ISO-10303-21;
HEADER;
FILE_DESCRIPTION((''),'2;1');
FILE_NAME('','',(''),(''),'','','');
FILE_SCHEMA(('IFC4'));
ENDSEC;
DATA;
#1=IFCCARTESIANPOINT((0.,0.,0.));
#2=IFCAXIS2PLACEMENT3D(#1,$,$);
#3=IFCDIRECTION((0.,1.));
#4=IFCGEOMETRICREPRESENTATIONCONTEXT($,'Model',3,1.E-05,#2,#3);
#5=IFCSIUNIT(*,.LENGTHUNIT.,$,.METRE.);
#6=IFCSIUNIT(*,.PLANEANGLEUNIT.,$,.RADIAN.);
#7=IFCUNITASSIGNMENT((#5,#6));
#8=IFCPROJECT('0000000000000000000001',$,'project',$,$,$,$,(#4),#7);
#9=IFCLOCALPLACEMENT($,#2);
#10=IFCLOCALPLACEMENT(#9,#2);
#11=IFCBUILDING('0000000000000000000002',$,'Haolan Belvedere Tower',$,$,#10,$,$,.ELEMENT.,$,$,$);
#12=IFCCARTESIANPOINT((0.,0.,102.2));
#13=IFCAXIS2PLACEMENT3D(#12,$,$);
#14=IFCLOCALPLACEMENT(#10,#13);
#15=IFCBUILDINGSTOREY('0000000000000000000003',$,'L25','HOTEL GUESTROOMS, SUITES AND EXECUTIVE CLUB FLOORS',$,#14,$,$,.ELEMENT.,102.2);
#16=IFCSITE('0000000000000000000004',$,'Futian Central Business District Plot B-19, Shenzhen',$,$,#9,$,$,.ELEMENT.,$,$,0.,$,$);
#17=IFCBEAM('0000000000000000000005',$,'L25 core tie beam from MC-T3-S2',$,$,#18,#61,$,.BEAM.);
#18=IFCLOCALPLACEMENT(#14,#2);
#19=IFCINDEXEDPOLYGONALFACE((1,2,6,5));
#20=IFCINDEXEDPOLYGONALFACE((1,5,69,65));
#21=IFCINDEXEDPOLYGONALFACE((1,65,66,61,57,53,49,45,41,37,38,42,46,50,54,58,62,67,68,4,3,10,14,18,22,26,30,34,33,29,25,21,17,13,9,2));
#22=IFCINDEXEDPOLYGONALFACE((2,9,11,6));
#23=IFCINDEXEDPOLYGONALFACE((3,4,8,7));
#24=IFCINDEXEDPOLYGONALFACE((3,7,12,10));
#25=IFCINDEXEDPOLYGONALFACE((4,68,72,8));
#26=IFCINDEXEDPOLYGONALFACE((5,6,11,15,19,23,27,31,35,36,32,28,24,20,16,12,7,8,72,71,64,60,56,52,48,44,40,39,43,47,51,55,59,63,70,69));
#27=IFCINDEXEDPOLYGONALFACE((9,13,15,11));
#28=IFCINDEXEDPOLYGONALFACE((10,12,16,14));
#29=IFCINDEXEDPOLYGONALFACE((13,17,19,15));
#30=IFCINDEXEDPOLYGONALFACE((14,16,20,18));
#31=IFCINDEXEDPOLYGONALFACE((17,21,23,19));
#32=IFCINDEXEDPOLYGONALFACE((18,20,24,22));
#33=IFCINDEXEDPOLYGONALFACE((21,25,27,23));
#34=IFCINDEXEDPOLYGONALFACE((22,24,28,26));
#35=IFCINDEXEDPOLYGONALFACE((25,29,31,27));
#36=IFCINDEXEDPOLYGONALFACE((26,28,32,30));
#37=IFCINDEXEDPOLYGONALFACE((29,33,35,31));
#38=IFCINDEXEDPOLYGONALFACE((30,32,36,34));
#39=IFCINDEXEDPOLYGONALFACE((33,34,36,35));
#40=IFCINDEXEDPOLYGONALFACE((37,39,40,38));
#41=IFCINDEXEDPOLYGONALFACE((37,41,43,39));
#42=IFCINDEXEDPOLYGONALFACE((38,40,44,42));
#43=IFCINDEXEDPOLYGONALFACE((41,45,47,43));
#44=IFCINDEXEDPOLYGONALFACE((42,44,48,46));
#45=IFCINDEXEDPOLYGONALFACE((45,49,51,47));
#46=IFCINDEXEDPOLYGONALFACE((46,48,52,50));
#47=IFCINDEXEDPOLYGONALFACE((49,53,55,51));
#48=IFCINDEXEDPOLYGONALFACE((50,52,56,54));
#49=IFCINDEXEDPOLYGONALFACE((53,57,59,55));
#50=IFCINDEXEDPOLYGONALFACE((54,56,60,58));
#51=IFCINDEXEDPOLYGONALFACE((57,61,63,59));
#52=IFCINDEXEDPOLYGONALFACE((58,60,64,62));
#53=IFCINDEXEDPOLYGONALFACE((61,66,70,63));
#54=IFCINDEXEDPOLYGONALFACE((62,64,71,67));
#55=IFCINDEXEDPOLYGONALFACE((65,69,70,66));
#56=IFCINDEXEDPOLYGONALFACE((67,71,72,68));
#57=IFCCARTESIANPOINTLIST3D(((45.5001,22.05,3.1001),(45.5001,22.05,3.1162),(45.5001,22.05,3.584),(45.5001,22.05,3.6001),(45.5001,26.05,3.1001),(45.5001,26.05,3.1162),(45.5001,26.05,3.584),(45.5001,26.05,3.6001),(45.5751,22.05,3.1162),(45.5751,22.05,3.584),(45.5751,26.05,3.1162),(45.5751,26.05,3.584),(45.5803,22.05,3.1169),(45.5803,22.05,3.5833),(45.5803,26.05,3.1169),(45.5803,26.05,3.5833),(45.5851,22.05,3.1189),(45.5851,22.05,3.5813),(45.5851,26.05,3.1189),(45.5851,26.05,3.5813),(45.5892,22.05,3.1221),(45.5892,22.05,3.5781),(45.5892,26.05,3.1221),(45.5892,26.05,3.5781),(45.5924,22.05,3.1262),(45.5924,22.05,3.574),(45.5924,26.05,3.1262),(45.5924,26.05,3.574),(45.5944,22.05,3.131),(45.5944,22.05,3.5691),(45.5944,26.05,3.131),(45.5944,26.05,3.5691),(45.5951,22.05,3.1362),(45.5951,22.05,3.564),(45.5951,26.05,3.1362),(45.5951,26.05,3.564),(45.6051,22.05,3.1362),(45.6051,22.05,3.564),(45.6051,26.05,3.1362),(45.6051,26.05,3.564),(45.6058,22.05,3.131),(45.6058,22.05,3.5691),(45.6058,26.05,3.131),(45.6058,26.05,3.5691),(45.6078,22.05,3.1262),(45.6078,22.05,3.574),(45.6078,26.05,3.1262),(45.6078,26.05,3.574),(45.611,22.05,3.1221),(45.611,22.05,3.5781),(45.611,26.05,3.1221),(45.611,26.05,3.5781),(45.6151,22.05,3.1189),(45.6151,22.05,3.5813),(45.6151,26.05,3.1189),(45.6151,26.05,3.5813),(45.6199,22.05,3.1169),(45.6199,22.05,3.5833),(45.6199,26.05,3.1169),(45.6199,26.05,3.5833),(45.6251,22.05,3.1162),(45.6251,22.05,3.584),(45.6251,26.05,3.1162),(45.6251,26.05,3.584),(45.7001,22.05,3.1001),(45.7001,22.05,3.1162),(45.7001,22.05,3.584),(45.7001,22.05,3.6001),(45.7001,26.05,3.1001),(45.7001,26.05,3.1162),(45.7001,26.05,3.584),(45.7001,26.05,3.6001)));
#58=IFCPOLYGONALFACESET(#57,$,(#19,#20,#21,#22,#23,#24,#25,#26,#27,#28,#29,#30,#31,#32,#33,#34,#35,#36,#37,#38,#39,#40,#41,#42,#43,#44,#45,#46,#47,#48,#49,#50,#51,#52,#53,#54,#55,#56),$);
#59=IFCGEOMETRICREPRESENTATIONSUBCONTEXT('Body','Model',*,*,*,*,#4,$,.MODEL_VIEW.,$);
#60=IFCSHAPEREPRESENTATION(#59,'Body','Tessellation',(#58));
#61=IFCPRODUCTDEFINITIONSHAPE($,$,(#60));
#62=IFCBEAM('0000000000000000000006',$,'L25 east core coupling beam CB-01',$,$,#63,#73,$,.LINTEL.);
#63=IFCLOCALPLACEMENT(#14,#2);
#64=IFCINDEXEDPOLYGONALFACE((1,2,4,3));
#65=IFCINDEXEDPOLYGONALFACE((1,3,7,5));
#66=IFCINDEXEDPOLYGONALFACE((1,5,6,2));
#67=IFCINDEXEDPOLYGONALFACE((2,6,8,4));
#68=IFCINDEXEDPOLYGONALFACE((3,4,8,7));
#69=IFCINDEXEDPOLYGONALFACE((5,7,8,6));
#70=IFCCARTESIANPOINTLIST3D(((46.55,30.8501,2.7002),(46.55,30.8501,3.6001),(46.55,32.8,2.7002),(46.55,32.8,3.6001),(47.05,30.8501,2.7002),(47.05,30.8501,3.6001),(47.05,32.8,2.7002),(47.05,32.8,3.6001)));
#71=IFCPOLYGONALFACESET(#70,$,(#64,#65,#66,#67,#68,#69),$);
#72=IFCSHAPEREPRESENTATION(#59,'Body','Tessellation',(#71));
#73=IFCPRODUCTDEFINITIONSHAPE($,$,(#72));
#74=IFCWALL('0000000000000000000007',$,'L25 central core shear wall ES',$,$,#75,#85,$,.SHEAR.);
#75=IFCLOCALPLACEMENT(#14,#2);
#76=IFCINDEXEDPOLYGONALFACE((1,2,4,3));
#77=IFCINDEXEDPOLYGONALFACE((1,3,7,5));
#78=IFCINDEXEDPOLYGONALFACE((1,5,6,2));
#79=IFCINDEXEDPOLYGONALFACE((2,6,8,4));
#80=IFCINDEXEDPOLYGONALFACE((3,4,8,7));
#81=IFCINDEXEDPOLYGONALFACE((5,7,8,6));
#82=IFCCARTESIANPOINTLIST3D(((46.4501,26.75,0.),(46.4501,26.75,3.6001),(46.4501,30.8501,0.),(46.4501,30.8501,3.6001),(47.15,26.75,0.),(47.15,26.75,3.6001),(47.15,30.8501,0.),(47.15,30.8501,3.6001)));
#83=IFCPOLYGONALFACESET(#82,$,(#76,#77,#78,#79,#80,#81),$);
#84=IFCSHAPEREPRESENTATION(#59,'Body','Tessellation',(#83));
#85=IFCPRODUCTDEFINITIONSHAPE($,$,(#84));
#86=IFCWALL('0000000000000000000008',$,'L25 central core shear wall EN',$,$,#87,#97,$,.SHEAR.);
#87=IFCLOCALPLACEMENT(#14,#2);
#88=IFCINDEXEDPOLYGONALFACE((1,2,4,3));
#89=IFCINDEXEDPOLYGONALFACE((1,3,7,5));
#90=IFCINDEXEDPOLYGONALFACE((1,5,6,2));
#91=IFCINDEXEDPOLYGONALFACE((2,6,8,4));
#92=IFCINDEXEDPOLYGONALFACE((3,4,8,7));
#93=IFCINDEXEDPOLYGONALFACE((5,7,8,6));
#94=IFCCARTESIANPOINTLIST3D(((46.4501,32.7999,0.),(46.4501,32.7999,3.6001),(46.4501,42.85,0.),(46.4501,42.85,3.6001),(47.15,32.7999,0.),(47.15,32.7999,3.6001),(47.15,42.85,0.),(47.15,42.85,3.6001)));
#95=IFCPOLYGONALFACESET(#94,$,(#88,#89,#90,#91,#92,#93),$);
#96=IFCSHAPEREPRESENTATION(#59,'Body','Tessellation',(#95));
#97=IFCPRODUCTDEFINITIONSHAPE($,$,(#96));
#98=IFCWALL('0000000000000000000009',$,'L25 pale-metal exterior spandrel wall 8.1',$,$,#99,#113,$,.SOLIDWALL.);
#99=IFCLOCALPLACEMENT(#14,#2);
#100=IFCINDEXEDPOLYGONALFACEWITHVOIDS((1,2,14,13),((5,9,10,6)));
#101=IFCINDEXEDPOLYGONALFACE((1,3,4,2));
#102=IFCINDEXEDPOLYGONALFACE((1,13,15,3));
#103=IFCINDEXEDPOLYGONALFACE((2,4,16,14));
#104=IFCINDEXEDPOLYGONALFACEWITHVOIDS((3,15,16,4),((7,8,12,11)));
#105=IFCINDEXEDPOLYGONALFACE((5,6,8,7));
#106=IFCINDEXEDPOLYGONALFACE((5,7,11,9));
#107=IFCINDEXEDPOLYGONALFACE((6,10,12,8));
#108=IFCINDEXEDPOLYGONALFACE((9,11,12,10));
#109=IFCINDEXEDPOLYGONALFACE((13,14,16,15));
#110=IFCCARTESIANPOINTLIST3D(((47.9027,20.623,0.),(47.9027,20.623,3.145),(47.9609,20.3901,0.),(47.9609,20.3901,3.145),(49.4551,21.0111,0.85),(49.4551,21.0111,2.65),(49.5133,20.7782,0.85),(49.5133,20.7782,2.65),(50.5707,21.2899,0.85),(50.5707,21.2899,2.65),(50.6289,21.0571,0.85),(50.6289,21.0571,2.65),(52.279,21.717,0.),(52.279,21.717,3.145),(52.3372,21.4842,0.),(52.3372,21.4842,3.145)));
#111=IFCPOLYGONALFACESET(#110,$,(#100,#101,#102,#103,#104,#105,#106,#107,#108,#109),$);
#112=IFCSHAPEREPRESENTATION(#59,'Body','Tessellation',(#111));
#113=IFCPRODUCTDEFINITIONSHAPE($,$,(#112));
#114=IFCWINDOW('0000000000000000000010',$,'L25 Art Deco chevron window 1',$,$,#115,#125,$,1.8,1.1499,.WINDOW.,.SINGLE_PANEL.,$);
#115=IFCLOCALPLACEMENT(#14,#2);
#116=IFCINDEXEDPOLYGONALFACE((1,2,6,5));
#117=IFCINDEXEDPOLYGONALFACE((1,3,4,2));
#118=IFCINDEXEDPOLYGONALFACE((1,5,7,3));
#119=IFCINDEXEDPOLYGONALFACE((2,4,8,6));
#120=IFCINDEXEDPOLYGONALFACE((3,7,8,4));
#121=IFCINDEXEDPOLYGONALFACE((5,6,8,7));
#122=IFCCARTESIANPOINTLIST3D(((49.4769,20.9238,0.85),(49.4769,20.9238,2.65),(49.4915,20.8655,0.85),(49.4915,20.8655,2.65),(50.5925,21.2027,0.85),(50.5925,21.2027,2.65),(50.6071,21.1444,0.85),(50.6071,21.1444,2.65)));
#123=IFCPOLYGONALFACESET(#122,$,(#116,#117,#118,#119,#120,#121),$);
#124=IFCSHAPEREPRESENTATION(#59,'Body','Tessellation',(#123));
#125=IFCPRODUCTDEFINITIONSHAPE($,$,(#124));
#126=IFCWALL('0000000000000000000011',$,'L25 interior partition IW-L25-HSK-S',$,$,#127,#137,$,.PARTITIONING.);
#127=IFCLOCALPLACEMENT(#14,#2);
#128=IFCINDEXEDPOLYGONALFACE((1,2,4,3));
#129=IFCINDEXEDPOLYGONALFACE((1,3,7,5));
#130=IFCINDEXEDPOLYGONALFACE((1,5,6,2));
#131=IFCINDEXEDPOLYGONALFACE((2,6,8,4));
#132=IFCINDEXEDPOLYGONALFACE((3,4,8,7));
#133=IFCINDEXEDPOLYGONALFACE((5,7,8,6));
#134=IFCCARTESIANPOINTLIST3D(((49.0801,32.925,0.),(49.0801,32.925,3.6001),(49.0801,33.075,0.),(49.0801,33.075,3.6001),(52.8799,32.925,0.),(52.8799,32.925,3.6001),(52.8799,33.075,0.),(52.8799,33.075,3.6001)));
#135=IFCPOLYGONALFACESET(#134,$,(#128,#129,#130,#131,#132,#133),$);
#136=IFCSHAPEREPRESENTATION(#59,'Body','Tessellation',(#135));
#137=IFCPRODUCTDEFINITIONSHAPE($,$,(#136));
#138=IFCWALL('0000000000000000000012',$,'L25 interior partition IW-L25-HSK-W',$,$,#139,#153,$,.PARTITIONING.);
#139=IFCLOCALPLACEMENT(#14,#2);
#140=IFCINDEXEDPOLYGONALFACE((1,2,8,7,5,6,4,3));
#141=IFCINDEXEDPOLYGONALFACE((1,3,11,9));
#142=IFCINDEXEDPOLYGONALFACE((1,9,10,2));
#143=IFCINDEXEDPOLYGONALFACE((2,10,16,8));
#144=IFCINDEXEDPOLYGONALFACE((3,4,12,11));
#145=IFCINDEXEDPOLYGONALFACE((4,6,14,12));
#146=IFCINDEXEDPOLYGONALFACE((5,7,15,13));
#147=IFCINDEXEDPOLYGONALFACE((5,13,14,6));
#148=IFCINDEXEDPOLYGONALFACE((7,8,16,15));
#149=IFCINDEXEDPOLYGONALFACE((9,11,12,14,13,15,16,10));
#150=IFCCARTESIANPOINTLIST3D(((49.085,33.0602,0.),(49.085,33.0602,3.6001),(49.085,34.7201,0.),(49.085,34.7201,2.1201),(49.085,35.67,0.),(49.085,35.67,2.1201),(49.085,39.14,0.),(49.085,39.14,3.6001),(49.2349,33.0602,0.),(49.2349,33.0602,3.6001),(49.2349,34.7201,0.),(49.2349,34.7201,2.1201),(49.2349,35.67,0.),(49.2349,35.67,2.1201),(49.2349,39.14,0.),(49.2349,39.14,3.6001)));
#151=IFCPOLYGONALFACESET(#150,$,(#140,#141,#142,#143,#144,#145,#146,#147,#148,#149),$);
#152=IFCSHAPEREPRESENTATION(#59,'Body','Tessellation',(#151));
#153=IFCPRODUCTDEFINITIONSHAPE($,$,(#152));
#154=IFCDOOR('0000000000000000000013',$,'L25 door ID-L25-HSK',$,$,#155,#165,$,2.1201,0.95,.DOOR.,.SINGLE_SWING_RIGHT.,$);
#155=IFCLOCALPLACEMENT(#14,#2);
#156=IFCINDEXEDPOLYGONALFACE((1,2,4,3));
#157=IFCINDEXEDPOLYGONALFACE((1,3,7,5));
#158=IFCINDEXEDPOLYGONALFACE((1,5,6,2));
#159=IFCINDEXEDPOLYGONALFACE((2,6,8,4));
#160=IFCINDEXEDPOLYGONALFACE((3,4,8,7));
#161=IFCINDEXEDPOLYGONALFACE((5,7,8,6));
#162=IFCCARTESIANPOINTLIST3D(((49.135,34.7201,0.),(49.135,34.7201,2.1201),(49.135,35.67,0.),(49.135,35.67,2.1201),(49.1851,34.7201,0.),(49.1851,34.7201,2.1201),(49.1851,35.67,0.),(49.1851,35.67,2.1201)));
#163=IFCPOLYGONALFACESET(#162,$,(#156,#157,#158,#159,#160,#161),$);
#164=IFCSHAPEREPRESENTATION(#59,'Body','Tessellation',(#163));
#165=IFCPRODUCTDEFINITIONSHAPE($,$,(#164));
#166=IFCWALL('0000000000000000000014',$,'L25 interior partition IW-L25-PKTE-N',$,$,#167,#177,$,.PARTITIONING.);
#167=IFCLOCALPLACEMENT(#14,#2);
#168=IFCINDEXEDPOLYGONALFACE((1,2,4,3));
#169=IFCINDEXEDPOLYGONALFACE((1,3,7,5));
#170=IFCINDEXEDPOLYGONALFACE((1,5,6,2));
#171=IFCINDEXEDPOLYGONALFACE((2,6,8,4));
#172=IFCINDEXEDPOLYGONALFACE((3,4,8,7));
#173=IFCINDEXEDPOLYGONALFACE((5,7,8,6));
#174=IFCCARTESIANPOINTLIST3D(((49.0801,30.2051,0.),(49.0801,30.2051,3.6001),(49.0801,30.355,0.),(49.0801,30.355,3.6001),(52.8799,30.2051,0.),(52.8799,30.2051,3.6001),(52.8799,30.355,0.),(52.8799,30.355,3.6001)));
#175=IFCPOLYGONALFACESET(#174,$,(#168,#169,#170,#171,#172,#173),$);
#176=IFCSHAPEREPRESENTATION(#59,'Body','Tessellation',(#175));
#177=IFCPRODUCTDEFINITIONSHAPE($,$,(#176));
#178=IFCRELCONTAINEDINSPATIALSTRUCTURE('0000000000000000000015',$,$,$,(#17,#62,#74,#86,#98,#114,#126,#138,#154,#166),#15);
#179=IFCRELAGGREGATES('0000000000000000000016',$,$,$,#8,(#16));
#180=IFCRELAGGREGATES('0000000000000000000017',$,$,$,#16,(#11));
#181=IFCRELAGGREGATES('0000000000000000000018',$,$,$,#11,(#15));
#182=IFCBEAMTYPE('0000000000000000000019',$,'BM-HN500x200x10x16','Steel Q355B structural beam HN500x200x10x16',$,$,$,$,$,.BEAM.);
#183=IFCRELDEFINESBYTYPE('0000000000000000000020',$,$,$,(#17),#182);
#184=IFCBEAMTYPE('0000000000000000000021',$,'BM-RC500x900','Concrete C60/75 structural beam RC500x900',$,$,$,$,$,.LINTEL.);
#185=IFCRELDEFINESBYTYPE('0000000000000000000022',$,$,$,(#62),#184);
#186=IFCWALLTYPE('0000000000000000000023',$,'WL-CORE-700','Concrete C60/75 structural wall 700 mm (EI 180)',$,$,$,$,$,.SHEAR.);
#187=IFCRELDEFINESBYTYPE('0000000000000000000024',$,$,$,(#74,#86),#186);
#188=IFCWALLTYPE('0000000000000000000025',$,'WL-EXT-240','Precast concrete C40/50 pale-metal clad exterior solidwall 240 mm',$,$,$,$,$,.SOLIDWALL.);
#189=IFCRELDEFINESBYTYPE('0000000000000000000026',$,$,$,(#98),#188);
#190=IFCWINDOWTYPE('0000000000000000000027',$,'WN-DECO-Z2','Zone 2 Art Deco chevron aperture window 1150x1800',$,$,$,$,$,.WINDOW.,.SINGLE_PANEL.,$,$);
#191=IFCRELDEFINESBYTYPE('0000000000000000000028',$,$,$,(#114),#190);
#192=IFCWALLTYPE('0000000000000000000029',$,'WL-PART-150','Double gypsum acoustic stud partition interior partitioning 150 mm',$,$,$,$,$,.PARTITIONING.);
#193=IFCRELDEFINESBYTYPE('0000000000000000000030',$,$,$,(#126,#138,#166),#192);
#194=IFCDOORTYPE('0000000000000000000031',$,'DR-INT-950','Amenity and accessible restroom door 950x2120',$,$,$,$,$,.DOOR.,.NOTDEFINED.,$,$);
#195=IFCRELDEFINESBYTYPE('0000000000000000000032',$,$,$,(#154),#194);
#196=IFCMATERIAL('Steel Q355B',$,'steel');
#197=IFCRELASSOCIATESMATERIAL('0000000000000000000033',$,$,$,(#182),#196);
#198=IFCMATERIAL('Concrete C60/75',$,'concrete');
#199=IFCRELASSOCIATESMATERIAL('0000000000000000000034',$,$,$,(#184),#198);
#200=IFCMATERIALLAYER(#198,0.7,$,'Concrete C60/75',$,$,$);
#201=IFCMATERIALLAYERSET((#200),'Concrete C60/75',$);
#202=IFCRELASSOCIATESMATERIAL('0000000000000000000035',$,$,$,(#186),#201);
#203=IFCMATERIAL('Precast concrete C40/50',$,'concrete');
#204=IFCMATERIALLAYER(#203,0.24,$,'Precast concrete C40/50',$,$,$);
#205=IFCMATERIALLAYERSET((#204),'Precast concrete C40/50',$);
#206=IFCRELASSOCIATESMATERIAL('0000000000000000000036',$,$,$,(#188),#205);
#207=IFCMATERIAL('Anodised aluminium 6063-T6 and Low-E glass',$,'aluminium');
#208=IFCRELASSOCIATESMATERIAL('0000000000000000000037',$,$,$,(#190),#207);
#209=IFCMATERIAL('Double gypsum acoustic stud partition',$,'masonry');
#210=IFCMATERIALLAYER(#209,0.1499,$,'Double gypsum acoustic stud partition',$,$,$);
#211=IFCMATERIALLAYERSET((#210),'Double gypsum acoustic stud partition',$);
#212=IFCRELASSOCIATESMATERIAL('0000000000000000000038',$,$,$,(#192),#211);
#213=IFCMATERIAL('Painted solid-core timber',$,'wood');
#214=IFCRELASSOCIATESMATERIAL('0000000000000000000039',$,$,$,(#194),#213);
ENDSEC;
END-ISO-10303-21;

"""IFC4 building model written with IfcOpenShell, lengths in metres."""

from ifc_helpers import new_model, si_unit, direction, frame, frame_2d, origin, origin_2d, place, context, subcontext, project, spatial, rectangle, i_section, extrude, material, layer, layer_set, material_profile, profile_set, type_object, element, fill, save


model = new_model("IFC4")

# Units and contexts
model_context = context("Model", 3, precision=1e-05, world=origin(), true_north=direction((0.0, 1.0)))
body_context = subcontext(model_context, "Body", "Model", "MODEL_VIEW")
ifc_project = project(units=[si_unit("LENGTHUNIT", "METRE"), si_unit("PLANEANGLEUNIT", "RADIAN")], contexts=[model_context])

# Site, building, storey
site_placement = place(None, origin())
site = spatial("IfcSite", under=ifc_project, at=site_placement, Name="Futian Central Business District Plot B-19, Shenzhen", CompositionType="ELEMENT", RefElevation=0.0)
building_placement = place(site_placement, origin())
building = spatial("IfcBuilding", under=site, at=building_placement, Name="Haolan Belvedere Tower", CompositionType="ELEMENT")
storey_placement = place(building_placement, frame((0.0, 0.0, 102.2)))
storey = spatial("IfcBuildingStorey", under=building, at=storey_placement, Name="L25", Description="HOTEL GUESTROOMS, SUITES AND EXECUTIVE CLUB FLOORS", CompositionType="ELEMENT", Elevation=102.2)

# Beams
ifc_material_1 = material(Name="Steel Q355B", Category="steel")
ifc_material_profile_1 = material_profile(ifc_material_1, i_section(OverallWidth=0.2, OverallDepth=0.5, WebThickness=0.01, FlangeThickness=0.0161, FilletRadius=0.02, at=origin_2d()), Name="Steel Q355B")
ifc_profile_set_1 = profile_set([ifc_material_profile_1], Name="Steel Q355B")
beam_type_1 = type_object("IfcBeamType", Name="BM-HN500x200x10x16", Description="Steel Q355B structural beam HN500x200x10x16", PredefinedType="BEAM", material=ifc_profile_set_1)
beam_1_placement = place(storey_placement, frame((45.6001, 22.05, 3.3501), z_axis=(0.0, 1.0, 0.0), x_axis=(-1.0, 0.0, 0.0)))
element("IfcBeam", 1, at=beam_1_placement, inside=storey, type_object=beam_type_1, Name="L25 core tie beam from MC-T3-S2", PredefinedType="BEAM", context=body_context, shape_type="SweptSolid", body=[
    extrude(i_section(OverallWidth=0.2, OverallDepth=0.5, WebThickness=0.01, FlangeThickness=0.0161, FilletRadius=0.02, at=origin_2d()), origin(), (0.0, 0.0, 1.0), 4.0),
])
ifc_material_2 = material(Name="Concrete C60/75", Category="concrete")
ifc_material_profile_2 = material_profile(ifc_material_2, rectangle(XDim=0.5, YDim=0.8999, at=origin_2d()), Name="Concrete C60/75")
ifc_profile_set_2 = profile_set([ifc_material_profile_2], Name="Concrete C60/75")
beam_type_2 = type_object("IfcBeamType", Name="BM-RC500x900", Description="Concrete C60/75 structural beam RC500x900", PredefinedType="LINTEL", material=ifc_profile_set_2)
beam_2_placement = place(storey_placement, frame((46.8, 30.8501, 3.1501), z_axis=(0.0, 1.0, 0.0), x_axis=(-1.0, 0.0, 0.0)))
element("IfcBeam", 2, at=beam_2_placement, inside=storey, type_object=beam_type_2, Name="L25 east core coupling beam CB-01", PredefinedType="LINTEL", context=body_context, shape_type="SweptSolid", body=[
    extrude(rectangle(XDim=0.5, YDim=0.8999, at=origin_2d()), origin(), (0.0, 0.0, 1.0), 1.95),
])

# Walls
ifc_layer_1 = layer(ifc_material_2, 0.7, Name="Concrete C60/75")
ifc_layer_set_1 = layer_set([ifc_layer_1], Name="Concrete C60/75")
wall_type_1 = type_object("IfcWallType", Name="WL-CORE-700", Description="Concrete C60/75 structural wall 700 mm (EI 180)", PredefinedType="SHEAR", material=ifc_layer_set_1)
wall_1_placement = place(storey_placement, frame((46.8, 26.75, 0.0), z_axis=(0.0, 0.0, 1.0), x_axis=(0.0, 1.0, 0.0)))
element("IfcWall", 3, at=wall_1_placement, inside=storey, type_object=wall_type_1, Name="L25 central core shear wall ES", PredefinedType="SHEAR", context=body_context, shape_type="SweptSolid", body=[
    extrude(rectangle(XDim=4.1001, YDim=0.7, at=frame_2d((2.05, 0.0))), origin(), (0.0, 0.0, 1.0), 3.6001),
])
wall_2_placement = place(storey_placement, frame((46.8, 32.8, 0.0), z_axis=(0.0, 0.0, 1.0), x_axis=(0.0, 1.0, 0.0)))
element("IfcWall", 4, at=wall_2_placement, inside=storey, type_object=wall_type_1, Name="L25 central core shear wall EN", PredefinedType="SHEAR", context=body_context, shape_type="SweptSolid", body=[
    extrude(rectangle(XDim=10.05, YDim=0.7, at=frame_2d((5.0249, 0.0))), origin(), (0.0, 0.0, 1.0), 3.6001),
])

# Wall, opening, window
ifc_material_3 = material(Name="Precast concrete C40/50", Category="concrete")
ifc_layer_2 = layer(ifc_material_3, 0.24, Name="Precast concrete C40/50")
ifc_layer_set_2 = layer_set([ifc_layer_2], Name="Precast concrete C40/50")
wall_type_2 = type_object("IfcWallType", Name="WL-EXT-240", Description="Precast concrete C40/50 pale-metal clad exterior solidwall 240 mm", PredefinedType="SOLIDWALL", material=ifc_layer_set_2)
wall_3_placement = place(storey_placement, frame((47.9319, 20.5066, 0.0), z_axis=(0.0, 0.0, 1.0), x_axis=(0.970146, 0.242523, 0.0)))
wall_3 = element("IfcWall", 5, at=wall_3_placement, inside=storey, type_object=wall_type_2, Name="L25 pale-metal exterior spandrel wall 8.1", PredefinedType="SOLIDWALL", context=body_context, shape_type="SweptSolid", body=[
    extrude(rectangle(XDim=4.511, YDim=0.24, at=frame_2d((2.2554, 0.0))), origin(), (0.0, 0.0, 1.0), 3.145),
])
opening_1_placement = place(wall_3_placement, frame((1.6001, 0.0, 0.8501)))
opening_1 = element("IfcOpeningElement", 6, at=opening_1_placement, cuts=wall_3, PredefinedType="OPENING", context=body_context, shape_type="SweptSolid", body=[
    extrude(rectangle(XDim=1.1499, YDim=1.8, at=frame_2d((0.575, 0.8999))), frame((0.0, 0.1299, 0.0), z_axis=(0.0, -1.0, 0.0), x_axis=(1.0, 0.0, 0.0)), (0.0, 0.0, 1.0), 0.26),
])
ifc_material_4 = material(Name="Anodised aluminium 6063-T6 and Low-E glass", Category="aluminium")
window_type = type_object("IfcWindowType", Name="WN-DECO-Z2", Description="Zone 2 Art Deco chevron aperture window 1150x1800", PartitioningType="SINGLE_PANEL", PredefinedType="WINDOW", material=ifc_material_4)
window_placement = place(opening_1_placement, origin())
window = element("IfcWindow", 7, at=window_placement, inside=storey, type_object=window_type, Name="L25 Art Deco chevron window 1", OverallHeight=1.8, OverallWidth=1.1499, PartitioningType="SINGLE_PANEL", PredefinedType="WINDOW", context=body_context, shape_type="SweptSolid", body=[
    extrude(rectangle(XDim=1.1499, YDim=1.8, at=frame_2d((0.575, 0.8999))), frame((0.0, 0.03, 0.0), z_axis=(0.0, -1.0, 0.0), x_axis=(1.0, 0.0, 0.0)), (0.0, 0.0, 1.0), 0.0601),
])
fill(opening_1, window)

# Wall
ifc_material_5 = material(Name="Double gypsum acoustic stud partition", Category="masonry")
ifc_layer_3 = layer(ifc_material_5, 0.1499, Name="Double gypsum acoustic stud partition")
ifc_layer_set_3 = layer_set([ifc_layer_3], Name="Double gypsum acoustic stud partition")
wall_type_3 = type_object("IfcWallType", Name="WL-PART-150", Description="Double gypsum acoustic stud partition interior partitioning 150 mm", PredefinedType="PARTITIONING", material=ifc_layer_set_3)
wall_4_placement = place(storey_placement, frame((49.0801, 33.0, 0.0), z_axis=(0.0, 0.0, 1.0), x_axis=(1.0, 0.0, 0.0)))
element("IfcWall", 8, at=wall_4_placement, inside=storey, type_object=wall_type_3, Name="L25 interior partition IW-L25-HSK-S", PredefinedType="PARTITIONING", context=body_context, shape_type="SweptSolid", body=[
    extrude(rectangle(XDim=3.7998, YDim=0.1499, at=frame_2d((1.8999, 0.0))), origin(), (0.0, 0.0, 1.0), 3.6001),
])

# Wall, opening, door
wall_5_placement = place(storey_placement, frame((49.1599, 33.0601, 0.0), z_axis=(0.0, 0.0, 1.0), x_axis=(0.0, 1.0, 0.0)))
wall_5 = element("IfcWall", 9, at=wall_5_placement, inside=storey, type_object=wall_type_3, Name="L25 interior partition IW-L25-HSK-W", PredefinedType="PARTITIONING", context=body_context, shape_type="SweptSolid", body=[
    extrude(rectangle(XDim=6.0798, YDim=0.1499, at=frame_2d((3.04, 0.0))), origin(), (0.0, 0.0, 1.0), 3.6001),
])
opening_2_placement = place(wall_5_placement, frame((1.6599, 0.0, 0.0)))
opening_2 = element("IfcOpeningElement", 10, at=opening_2_placement, cuts=wall_5, PredefinedType="OPENING", context=body_context, shape_type="SweptSolid", body=[
    extrude(rectangle(XDim=0.95, YDim=2.1201, at=frame_2d((0.4751, 1.0601))), frame((0.0, 0.085, 0.0), z_axis=(0.0, -1.0, 0.0), x_axis=(1.0, 0.0, 0.0)), (0.0, 0.0, 1.0), 0.1699),
])
ifc_material_6 = material(Name="Painted solid-core timber", Category="wood")
door_type = type_object("IfcDoorType", Name="DR-INT-950", Description="Amenity and accessible restroom door 950x2120", OperationType="NOTDEFINED", PredefinedType="DOOR", material=ifc_material_6)
door_1_placement = place(opening_2_placement, origin())
door_1 = element("IfcDoor", 11, at=door_1_placement, inside=storey, type_object=door_type, Name="L25 door ID-L25-HSK", OperationType="SINGLE_SWING_RIGHT", OverallHeight=2.1201, OverallWidth=0.95, PredefinedType="DOOR", context=body_context, shape_type="SweptSolid", body=[
    extrude(rectangle(XDim=0.95, YDim=2.1201, at=frame_2d((0.4751, 1.0601))), frame((0.0, 0.0249, 0.0), z_axis=(0.0, -1.0, 0.0), x_axis=(1.0, 0.0, 0.0)), (0.0, 0.0, 1.0), 0.05),
])
fill(opening_2, door_1)

# Wall
for number, where, z_axis, x_axis, name in (
    (12, (49.0801, 30.28, 0.0), (0.0, 0.0, 1.0), (1.0, 0.0, 0.0), "L25 interior partition IW-L25-PKTE-N"),
):
    element("IfcWall", number, at=place(storey_placement, frame(where, z_axis=z_axis, x_axis=x_axis)), inside=storey, type_object=wall_type_3, Name=name, PredefinedType="PARTITIONING", context=body_context, shape_type="SweptSolid", body=[
        extrude(rectangle(XDim=3.7998, YDim=0.1499, at=frame_2d((1.8999, 0.0))), origin(), (0.0, 0.0, 1.0), 3.6001),
    ])

save(model, "model.ifc")
